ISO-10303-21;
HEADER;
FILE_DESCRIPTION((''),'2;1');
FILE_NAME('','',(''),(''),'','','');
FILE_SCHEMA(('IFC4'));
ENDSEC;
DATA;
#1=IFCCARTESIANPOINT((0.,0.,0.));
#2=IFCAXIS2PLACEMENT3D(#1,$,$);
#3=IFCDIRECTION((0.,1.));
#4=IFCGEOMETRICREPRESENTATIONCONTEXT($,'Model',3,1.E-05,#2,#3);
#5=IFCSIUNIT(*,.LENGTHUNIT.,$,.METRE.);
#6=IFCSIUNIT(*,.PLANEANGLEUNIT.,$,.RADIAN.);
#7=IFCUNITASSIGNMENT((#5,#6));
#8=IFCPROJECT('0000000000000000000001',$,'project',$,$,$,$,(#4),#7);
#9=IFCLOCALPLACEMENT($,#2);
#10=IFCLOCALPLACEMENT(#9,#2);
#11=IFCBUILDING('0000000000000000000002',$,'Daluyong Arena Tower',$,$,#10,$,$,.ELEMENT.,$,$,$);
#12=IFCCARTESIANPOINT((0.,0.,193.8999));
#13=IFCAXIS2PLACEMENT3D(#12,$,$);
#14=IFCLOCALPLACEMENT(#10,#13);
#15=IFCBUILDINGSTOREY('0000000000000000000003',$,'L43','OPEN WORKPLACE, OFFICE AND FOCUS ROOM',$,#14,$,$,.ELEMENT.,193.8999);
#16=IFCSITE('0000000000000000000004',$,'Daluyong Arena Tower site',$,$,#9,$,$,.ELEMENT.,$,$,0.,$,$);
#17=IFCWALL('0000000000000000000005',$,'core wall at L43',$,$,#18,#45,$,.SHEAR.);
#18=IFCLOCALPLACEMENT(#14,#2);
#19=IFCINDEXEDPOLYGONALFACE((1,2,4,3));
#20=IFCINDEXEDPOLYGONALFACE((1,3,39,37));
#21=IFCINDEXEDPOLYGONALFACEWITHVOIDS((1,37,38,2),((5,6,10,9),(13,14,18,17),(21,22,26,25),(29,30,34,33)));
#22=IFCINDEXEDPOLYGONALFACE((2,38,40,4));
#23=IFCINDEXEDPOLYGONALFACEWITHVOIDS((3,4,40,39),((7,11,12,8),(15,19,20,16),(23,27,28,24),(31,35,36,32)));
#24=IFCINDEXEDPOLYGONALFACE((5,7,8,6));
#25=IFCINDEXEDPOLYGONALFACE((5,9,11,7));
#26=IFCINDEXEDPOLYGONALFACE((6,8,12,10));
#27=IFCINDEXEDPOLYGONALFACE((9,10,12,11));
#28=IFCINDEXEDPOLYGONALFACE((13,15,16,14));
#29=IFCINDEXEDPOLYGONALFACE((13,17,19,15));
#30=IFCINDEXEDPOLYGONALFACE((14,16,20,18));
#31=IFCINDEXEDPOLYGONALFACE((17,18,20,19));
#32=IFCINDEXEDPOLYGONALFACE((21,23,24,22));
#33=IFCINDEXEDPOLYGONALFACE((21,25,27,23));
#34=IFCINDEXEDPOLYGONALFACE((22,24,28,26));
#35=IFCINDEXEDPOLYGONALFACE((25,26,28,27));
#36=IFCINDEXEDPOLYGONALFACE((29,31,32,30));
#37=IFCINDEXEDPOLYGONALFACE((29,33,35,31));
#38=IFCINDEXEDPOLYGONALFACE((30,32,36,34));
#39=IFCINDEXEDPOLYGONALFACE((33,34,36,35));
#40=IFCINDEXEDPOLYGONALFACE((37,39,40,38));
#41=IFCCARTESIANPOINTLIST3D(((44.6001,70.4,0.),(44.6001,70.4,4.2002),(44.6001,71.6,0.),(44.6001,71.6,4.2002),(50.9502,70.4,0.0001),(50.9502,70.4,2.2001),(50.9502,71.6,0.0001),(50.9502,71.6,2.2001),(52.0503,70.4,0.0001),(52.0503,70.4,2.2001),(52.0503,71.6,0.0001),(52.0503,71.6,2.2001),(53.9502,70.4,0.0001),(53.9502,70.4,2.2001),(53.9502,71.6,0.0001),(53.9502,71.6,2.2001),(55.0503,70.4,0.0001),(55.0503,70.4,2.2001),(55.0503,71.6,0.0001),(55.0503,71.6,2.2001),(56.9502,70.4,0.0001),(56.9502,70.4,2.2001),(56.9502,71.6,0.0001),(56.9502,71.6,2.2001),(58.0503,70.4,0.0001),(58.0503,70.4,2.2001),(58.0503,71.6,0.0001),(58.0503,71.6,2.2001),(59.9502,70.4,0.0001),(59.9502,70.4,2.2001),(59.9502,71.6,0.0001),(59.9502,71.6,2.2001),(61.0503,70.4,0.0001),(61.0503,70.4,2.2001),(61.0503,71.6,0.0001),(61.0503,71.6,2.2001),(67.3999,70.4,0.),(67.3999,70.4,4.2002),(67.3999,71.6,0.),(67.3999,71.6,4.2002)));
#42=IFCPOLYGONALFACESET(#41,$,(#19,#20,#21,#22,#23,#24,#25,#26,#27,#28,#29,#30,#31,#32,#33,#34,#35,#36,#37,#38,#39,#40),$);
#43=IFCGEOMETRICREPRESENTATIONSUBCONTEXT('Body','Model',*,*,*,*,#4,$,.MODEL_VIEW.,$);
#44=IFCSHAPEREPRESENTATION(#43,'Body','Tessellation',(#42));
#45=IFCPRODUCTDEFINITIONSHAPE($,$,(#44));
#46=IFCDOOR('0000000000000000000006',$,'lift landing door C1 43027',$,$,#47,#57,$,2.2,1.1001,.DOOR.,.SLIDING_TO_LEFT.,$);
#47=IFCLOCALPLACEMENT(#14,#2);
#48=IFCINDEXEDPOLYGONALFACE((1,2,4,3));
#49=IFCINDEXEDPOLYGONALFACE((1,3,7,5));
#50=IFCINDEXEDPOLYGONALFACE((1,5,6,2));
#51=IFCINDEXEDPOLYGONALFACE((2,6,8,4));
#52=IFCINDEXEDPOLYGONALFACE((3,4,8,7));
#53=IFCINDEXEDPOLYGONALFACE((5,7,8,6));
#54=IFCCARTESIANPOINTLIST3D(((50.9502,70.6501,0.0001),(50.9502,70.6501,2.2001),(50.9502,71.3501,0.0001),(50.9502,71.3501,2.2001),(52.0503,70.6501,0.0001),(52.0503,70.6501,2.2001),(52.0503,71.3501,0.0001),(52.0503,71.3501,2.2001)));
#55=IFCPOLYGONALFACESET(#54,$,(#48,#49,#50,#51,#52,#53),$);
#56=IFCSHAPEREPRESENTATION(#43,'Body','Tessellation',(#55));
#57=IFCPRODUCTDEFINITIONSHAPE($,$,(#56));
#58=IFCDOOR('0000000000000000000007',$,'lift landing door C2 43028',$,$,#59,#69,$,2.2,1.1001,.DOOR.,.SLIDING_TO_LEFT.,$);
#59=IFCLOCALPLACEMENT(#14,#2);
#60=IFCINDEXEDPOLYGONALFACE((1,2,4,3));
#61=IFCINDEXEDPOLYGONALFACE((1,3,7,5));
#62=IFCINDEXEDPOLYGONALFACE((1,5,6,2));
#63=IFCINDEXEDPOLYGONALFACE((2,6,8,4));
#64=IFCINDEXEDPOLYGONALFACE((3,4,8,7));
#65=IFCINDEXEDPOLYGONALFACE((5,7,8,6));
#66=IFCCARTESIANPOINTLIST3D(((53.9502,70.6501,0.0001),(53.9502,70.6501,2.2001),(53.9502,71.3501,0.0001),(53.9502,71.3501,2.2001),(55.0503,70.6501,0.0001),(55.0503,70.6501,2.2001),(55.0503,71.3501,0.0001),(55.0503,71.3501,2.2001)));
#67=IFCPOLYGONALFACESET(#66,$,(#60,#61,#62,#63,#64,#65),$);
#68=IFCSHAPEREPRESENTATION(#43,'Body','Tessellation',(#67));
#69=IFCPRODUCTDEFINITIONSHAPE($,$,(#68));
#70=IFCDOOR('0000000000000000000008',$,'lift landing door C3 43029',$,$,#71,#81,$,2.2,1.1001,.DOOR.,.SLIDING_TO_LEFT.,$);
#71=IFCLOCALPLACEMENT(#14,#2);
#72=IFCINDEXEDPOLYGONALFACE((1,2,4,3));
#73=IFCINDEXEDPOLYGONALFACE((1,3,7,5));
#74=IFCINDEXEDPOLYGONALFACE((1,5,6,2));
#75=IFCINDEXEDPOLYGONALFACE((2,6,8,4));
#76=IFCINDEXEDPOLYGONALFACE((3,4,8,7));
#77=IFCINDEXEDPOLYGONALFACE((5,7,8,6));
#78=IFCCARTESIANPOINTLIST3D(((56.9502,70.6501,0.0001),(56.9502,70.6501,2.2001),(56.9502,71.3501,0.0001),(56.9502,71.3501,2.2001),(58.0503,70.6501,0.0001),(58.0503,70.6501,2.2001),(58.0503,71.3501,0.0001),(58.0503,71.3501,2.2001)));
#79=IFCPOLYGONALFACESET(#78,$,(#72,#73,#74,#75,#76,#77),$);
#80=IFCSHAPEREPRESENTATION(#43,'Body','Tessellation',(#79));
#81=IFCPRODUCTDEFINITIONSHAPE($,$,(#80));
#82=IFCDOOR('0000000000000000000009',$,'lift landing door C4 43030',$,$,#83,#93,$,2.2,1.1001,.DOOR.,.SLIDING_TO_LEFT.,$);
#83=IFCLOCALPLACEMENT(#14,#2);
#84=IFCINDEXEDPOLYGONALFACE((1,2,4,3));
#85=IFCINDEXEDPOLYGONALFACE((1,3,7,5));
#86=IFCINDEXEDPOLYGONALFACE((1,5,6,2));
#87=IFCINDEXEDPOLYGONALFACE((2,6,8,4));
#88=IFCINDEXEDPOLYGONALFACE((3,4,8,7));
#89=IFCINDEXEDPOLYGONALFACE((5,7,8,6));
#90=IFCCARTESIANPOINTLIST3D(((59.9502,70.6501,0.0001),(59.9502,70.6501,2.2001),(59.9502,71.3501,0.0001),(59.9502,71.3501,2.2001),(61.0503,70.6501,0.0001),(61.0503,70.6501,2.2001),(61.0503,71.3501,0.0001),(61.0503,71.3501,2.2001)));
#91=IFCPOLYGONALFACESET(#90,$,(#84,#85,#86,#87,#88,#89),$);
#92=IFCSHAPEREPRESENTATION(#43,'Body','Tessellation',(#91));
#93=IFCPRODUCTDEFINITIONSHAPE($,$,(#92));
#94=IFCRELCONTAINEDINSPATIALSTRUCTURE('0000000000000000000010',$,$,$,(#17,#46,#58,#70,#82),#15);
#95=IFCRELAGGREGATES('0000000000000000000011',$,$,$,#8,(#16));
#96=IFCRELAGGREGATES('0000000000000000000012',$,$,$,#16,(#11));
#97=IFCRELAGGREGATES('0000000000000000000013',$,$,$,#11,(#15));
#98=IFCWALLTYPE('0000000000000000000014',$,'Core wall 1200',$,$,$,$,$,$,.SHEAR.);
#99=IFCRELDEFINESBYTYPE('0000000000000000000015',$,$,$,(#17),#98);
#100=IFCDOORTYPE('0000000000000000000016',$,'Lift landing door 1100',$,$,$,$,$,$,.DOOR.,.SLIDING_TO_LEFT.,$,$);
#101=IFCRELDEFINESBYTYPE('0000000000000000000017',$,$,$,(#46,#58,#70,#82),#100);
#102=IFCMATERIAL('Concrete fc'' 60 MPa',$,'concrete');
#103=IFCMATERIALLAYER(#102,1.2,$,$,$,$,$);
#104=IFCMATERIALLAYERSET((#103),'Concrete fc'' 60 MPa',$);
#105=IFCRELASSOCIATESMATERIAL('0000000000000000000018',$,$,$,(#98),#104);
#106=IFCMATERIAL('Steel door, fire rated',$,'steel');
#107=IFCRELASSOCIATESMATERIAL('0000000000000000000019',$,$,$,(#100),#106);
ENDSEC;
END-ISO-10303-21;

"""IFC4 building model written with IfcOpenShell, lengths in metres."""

from ifc_helpers import new_model, si_unit, direction, frame, frame_2d, origin, place, context, subcontext, project, spatial, rectangle, extrude, material, layer, layer_set, type_object, element, fill, save


model = new_model("IFC4")

# Units and contexts
model_context = context("Model", 3, precision=1e-05, world=origin(), true_north=direction((0.0, 1.0)))
body_context = subcontext(model_context, "Body", "Model", "MODEL_VIEW")
ifc_project = project(units=[si_unit("LENGTHUNIT", "METRE"), si_unit("PLANEANGLEUNIT", "RADIAN")], contexts=[model_context])

# Site, building, storey
site_placement = place(None, origin())
site = spatial("IfcSite", under=ifc_project, at=site_placement, Name="Daluyong Arena Tower site", CompositionType="ELEMENT", RefElevation=0.0)
building_placement = place(site_placement, origin())
building = spatial("IfcBuilding", under=site, at=building_placement, Name="Daluyong Arena Tower", CompositionType="ELEMENT")
storey_placement = place(building_placement, frame((0.0, 0.0, 193.8999)))
storey = spatial("IfcBuildingStorey", under=building, at=storey_placement, Name="L43", Description="OPEN WORKPLACE, OFFICE AND FOCUS ROOM", CompositionType="ELEMENT", Elevation=193.8999)

# Shared definitions
ifc_material_1 = material(Name="Concrete fc' 60 MPa", Category="concrete")
ifc_layer_1 = layer(ifc_material_1, 1.2)
ifc_layer_set_1 = layer_set([ifc_layer_1], Name="Concrete fc' 60 MPa")
wall_type_1 = type_object("IfcWallType", Name="Core wall 1200", PredefinedType="SHEAR", material=ifc_layer_set_1)

# Wall, openings, doors
wall_1_placement = place(storey_placement, frame((44.6001, 71.0, 0.0), z_axis=(0.0, 0.0, 1.0), x_axis=(1.0, 0.0, 0.0)))
wall_1 = element("IfcWall", 1, at=wall_1_placement, inside=storey, type_object=wall_type_1, Name="core wall at L43", PredefinedType="SHEAR", context=body_context, shape_type="SweptSolid", body=[
    extrude(rectangle(XDim=22.7998, YDim=1.2, at=frame_2d((11.3999, 0.0))), origin(), (0.0, 0.0, 1.0), 4.2002),
])
opening_1_placement = place(wall_1_placement, frame((6.3501, 0.0, 0.0)))
opening_1 = element("IfcOpeningElement", 2, at=opening_1_placement, cuts=wall_1, PredefinedType="OPENING", context=body_context, shape_type="SweptSolid", body=[
    extrude(rectangle(XDim=1.1001, YDim=2.2, at=frame_2d((0.55, 1.1001))), frame((0.0, 0.6099, 0.0), z_axis=(0.0, -1.0, 0.0), x_axis=(1.0, 0.0, 0.0)), (0.0, 0.0, 1.0), 1.22),
])
opening_2_placement = place(wall_1_placement, frame((9.3501, 0.0, 0.0)))
opening_2 = element("IfcOpeningElement", 3, at=opening_2_placement, cuts=wall_1, PredefinedType="OPENING", context=body_context, shape_type="SweptSolid", body=[
    extrude(rectangle(XDim=1.1001, YDim=2.2, at=frame_2d((0.55, 1.1001))), frame((0.0, 0.6099, 0.0), z_axis=(0.0, -1.0, 0.0), x_axis=(1.0, 0.0, 0.0)), (0.0, 0.0, 1.0), 1.22),
])
opening_3_placement = place(wall_1_placement, frame((12.3501, 0.0, 0.0)))
opening_3 = element("IfcOpeningElement", 4, at=opening_3_placement, cuts=wall_1, PredefinedType="OPENING", context=body_context, shape_type="SweptSolid", body=[
    extrude(rectangle(XDim=1.1001, YDim=2.2, at=frame_2d((0.55, 1.1001))), frame((0.0, 0.6099, 0.0), z_axis=(0.0, -1.0, 0.0), x_axis=(1.0, 0.0, 0.0)), (0.0, 0.0, 1.0), 1.22),
])
opening_4_placement = place(wall_1_placement, frame((15.3501, 0.0, 0.0)))
opening_4 = element("IfcOpeningElement", 5, at=opening_4_placement, cuts=wall_1, PredefinedType="OPENING", context=body_context, shape_type="SweptSolid", body=[
    extrude(rectangle(XDim=1.1001, YDim=2.2, at=frame_2d((0.55, 1.1001))), frame((0.0, 0.6099, 0.0), z_axis=(0.0, -1.0, 0.0), x_axis=(1.0, 0.0, 0.0)), (0.0, 0.0, 1.0), 1.22),
])
ifc_material_2 = material(Name="Steel door, fire rated", Category="steel")
door_type_1 = type_object("IfcDoorType", Name="Lift landing door 1100", OperationType="SLIDING_TO_LEFT", PredefinedType="DOOR", material=ifc_material_2)
door_1_placement = place(opening_1_placement, origin())
door_1 = element("IfcDoor", 6, at=door_1_placement, inside=storey, type_object=door_type_1, Name="lift landing door C1 43027", OperationType="SLIDING_TO_LEFT", OverallHeight=2.2, OverallWidth=1.1001, PredefinedType="DOOR", context=body_context, shape_type="SweptSolid", body=[
    extrude(rectangle(XDim=1.1001, YDim=2.2, at=frame_2d((0.55, 1.1001))), frame((0.0, 0.3501, 0.0), z_axis=(0.0, -1.0, 0.0), x_axis=(1.0, 0.0, 0.0)), (0.0, 0.0, 1.0), 0.7),
])
fill(opening_1, door_1)
door_2_placement = place(opening_2_placement, origin())
door_2 = element("IfcDoor", 7, at=door_2_placement, inside=storey, type_object=door_type_1, Name="lift landing door C2 43028", OperationType="SLIDING_TO_LEFT", OverallHeight=2.2, OverallWidth=1.1001, PredefinedType="DOOR", context=body_context, shape_type="SweptSolid", body=[
    extrude(rectangle(XDim=1.1001, YDim=2.2, at=frame_2d((0.55, 1.1001))), frame((0.0, 0.3501, 0.0), z_axis=(0.0, -1.0, 0.0), x_axis=(1.0, 0.0, 0.0)), (0.0, 0.0, 1.0), 0.7),
])
fill(opening_2, door_2)
door_3_placement = place(opening_3_placement, origin())
door_3 = element("IfcDoor", 8, at=door_3_placement, inside=storey, type_object=door_type_1, Name="lift landing door C3 43029", OperationType="SLIDING_TO_LEFT", OverallHeight=2.2, OverallWidth=1.1001, PredefinedType="DOOR", context=body_context, shape_type="SweptSolid", body=[
    extrude(rectangle(XDim=1.1001, YDim=2.2, at=frame_2d((0.55, 1.1001))), frame((0.0, 0.3501, 0.0), z_axis=(0.0, -1.0, 0.0), x_axis=(1.0, 0.0, 0.0)), (0.0, 0.0, 1.0), 0.7),
])
fill(opening_3, door_3)
door_4_placement = place(opening_4_placement, origin())
door_4 = element("IfcDoor", 9, at=door_4_placement, inside=storey, type_object=door_type_1, Name="lift landing door C4 43030", OperationType="SLIDING_TO_LEFT", OverallHeight=2.2, OverallWidth=1.1001, PredefinedType="DOOR", context=body_context, shape_type="SweptSolid", body=[
    extrude(rectangle(XDim=1.1001, YDim=2.2, at=frame_2d((0.55, 1.1001))), frame((0.0, 0.3501, 0.0), z_axis=(0.0, -1.0, 0.0), x_axis=(1.0, 0.0, 0.0)), (0.0, 0.0, 1.0), 0.7),
])
fill(opening_4, door_4)

save(model, "model.ifc")
